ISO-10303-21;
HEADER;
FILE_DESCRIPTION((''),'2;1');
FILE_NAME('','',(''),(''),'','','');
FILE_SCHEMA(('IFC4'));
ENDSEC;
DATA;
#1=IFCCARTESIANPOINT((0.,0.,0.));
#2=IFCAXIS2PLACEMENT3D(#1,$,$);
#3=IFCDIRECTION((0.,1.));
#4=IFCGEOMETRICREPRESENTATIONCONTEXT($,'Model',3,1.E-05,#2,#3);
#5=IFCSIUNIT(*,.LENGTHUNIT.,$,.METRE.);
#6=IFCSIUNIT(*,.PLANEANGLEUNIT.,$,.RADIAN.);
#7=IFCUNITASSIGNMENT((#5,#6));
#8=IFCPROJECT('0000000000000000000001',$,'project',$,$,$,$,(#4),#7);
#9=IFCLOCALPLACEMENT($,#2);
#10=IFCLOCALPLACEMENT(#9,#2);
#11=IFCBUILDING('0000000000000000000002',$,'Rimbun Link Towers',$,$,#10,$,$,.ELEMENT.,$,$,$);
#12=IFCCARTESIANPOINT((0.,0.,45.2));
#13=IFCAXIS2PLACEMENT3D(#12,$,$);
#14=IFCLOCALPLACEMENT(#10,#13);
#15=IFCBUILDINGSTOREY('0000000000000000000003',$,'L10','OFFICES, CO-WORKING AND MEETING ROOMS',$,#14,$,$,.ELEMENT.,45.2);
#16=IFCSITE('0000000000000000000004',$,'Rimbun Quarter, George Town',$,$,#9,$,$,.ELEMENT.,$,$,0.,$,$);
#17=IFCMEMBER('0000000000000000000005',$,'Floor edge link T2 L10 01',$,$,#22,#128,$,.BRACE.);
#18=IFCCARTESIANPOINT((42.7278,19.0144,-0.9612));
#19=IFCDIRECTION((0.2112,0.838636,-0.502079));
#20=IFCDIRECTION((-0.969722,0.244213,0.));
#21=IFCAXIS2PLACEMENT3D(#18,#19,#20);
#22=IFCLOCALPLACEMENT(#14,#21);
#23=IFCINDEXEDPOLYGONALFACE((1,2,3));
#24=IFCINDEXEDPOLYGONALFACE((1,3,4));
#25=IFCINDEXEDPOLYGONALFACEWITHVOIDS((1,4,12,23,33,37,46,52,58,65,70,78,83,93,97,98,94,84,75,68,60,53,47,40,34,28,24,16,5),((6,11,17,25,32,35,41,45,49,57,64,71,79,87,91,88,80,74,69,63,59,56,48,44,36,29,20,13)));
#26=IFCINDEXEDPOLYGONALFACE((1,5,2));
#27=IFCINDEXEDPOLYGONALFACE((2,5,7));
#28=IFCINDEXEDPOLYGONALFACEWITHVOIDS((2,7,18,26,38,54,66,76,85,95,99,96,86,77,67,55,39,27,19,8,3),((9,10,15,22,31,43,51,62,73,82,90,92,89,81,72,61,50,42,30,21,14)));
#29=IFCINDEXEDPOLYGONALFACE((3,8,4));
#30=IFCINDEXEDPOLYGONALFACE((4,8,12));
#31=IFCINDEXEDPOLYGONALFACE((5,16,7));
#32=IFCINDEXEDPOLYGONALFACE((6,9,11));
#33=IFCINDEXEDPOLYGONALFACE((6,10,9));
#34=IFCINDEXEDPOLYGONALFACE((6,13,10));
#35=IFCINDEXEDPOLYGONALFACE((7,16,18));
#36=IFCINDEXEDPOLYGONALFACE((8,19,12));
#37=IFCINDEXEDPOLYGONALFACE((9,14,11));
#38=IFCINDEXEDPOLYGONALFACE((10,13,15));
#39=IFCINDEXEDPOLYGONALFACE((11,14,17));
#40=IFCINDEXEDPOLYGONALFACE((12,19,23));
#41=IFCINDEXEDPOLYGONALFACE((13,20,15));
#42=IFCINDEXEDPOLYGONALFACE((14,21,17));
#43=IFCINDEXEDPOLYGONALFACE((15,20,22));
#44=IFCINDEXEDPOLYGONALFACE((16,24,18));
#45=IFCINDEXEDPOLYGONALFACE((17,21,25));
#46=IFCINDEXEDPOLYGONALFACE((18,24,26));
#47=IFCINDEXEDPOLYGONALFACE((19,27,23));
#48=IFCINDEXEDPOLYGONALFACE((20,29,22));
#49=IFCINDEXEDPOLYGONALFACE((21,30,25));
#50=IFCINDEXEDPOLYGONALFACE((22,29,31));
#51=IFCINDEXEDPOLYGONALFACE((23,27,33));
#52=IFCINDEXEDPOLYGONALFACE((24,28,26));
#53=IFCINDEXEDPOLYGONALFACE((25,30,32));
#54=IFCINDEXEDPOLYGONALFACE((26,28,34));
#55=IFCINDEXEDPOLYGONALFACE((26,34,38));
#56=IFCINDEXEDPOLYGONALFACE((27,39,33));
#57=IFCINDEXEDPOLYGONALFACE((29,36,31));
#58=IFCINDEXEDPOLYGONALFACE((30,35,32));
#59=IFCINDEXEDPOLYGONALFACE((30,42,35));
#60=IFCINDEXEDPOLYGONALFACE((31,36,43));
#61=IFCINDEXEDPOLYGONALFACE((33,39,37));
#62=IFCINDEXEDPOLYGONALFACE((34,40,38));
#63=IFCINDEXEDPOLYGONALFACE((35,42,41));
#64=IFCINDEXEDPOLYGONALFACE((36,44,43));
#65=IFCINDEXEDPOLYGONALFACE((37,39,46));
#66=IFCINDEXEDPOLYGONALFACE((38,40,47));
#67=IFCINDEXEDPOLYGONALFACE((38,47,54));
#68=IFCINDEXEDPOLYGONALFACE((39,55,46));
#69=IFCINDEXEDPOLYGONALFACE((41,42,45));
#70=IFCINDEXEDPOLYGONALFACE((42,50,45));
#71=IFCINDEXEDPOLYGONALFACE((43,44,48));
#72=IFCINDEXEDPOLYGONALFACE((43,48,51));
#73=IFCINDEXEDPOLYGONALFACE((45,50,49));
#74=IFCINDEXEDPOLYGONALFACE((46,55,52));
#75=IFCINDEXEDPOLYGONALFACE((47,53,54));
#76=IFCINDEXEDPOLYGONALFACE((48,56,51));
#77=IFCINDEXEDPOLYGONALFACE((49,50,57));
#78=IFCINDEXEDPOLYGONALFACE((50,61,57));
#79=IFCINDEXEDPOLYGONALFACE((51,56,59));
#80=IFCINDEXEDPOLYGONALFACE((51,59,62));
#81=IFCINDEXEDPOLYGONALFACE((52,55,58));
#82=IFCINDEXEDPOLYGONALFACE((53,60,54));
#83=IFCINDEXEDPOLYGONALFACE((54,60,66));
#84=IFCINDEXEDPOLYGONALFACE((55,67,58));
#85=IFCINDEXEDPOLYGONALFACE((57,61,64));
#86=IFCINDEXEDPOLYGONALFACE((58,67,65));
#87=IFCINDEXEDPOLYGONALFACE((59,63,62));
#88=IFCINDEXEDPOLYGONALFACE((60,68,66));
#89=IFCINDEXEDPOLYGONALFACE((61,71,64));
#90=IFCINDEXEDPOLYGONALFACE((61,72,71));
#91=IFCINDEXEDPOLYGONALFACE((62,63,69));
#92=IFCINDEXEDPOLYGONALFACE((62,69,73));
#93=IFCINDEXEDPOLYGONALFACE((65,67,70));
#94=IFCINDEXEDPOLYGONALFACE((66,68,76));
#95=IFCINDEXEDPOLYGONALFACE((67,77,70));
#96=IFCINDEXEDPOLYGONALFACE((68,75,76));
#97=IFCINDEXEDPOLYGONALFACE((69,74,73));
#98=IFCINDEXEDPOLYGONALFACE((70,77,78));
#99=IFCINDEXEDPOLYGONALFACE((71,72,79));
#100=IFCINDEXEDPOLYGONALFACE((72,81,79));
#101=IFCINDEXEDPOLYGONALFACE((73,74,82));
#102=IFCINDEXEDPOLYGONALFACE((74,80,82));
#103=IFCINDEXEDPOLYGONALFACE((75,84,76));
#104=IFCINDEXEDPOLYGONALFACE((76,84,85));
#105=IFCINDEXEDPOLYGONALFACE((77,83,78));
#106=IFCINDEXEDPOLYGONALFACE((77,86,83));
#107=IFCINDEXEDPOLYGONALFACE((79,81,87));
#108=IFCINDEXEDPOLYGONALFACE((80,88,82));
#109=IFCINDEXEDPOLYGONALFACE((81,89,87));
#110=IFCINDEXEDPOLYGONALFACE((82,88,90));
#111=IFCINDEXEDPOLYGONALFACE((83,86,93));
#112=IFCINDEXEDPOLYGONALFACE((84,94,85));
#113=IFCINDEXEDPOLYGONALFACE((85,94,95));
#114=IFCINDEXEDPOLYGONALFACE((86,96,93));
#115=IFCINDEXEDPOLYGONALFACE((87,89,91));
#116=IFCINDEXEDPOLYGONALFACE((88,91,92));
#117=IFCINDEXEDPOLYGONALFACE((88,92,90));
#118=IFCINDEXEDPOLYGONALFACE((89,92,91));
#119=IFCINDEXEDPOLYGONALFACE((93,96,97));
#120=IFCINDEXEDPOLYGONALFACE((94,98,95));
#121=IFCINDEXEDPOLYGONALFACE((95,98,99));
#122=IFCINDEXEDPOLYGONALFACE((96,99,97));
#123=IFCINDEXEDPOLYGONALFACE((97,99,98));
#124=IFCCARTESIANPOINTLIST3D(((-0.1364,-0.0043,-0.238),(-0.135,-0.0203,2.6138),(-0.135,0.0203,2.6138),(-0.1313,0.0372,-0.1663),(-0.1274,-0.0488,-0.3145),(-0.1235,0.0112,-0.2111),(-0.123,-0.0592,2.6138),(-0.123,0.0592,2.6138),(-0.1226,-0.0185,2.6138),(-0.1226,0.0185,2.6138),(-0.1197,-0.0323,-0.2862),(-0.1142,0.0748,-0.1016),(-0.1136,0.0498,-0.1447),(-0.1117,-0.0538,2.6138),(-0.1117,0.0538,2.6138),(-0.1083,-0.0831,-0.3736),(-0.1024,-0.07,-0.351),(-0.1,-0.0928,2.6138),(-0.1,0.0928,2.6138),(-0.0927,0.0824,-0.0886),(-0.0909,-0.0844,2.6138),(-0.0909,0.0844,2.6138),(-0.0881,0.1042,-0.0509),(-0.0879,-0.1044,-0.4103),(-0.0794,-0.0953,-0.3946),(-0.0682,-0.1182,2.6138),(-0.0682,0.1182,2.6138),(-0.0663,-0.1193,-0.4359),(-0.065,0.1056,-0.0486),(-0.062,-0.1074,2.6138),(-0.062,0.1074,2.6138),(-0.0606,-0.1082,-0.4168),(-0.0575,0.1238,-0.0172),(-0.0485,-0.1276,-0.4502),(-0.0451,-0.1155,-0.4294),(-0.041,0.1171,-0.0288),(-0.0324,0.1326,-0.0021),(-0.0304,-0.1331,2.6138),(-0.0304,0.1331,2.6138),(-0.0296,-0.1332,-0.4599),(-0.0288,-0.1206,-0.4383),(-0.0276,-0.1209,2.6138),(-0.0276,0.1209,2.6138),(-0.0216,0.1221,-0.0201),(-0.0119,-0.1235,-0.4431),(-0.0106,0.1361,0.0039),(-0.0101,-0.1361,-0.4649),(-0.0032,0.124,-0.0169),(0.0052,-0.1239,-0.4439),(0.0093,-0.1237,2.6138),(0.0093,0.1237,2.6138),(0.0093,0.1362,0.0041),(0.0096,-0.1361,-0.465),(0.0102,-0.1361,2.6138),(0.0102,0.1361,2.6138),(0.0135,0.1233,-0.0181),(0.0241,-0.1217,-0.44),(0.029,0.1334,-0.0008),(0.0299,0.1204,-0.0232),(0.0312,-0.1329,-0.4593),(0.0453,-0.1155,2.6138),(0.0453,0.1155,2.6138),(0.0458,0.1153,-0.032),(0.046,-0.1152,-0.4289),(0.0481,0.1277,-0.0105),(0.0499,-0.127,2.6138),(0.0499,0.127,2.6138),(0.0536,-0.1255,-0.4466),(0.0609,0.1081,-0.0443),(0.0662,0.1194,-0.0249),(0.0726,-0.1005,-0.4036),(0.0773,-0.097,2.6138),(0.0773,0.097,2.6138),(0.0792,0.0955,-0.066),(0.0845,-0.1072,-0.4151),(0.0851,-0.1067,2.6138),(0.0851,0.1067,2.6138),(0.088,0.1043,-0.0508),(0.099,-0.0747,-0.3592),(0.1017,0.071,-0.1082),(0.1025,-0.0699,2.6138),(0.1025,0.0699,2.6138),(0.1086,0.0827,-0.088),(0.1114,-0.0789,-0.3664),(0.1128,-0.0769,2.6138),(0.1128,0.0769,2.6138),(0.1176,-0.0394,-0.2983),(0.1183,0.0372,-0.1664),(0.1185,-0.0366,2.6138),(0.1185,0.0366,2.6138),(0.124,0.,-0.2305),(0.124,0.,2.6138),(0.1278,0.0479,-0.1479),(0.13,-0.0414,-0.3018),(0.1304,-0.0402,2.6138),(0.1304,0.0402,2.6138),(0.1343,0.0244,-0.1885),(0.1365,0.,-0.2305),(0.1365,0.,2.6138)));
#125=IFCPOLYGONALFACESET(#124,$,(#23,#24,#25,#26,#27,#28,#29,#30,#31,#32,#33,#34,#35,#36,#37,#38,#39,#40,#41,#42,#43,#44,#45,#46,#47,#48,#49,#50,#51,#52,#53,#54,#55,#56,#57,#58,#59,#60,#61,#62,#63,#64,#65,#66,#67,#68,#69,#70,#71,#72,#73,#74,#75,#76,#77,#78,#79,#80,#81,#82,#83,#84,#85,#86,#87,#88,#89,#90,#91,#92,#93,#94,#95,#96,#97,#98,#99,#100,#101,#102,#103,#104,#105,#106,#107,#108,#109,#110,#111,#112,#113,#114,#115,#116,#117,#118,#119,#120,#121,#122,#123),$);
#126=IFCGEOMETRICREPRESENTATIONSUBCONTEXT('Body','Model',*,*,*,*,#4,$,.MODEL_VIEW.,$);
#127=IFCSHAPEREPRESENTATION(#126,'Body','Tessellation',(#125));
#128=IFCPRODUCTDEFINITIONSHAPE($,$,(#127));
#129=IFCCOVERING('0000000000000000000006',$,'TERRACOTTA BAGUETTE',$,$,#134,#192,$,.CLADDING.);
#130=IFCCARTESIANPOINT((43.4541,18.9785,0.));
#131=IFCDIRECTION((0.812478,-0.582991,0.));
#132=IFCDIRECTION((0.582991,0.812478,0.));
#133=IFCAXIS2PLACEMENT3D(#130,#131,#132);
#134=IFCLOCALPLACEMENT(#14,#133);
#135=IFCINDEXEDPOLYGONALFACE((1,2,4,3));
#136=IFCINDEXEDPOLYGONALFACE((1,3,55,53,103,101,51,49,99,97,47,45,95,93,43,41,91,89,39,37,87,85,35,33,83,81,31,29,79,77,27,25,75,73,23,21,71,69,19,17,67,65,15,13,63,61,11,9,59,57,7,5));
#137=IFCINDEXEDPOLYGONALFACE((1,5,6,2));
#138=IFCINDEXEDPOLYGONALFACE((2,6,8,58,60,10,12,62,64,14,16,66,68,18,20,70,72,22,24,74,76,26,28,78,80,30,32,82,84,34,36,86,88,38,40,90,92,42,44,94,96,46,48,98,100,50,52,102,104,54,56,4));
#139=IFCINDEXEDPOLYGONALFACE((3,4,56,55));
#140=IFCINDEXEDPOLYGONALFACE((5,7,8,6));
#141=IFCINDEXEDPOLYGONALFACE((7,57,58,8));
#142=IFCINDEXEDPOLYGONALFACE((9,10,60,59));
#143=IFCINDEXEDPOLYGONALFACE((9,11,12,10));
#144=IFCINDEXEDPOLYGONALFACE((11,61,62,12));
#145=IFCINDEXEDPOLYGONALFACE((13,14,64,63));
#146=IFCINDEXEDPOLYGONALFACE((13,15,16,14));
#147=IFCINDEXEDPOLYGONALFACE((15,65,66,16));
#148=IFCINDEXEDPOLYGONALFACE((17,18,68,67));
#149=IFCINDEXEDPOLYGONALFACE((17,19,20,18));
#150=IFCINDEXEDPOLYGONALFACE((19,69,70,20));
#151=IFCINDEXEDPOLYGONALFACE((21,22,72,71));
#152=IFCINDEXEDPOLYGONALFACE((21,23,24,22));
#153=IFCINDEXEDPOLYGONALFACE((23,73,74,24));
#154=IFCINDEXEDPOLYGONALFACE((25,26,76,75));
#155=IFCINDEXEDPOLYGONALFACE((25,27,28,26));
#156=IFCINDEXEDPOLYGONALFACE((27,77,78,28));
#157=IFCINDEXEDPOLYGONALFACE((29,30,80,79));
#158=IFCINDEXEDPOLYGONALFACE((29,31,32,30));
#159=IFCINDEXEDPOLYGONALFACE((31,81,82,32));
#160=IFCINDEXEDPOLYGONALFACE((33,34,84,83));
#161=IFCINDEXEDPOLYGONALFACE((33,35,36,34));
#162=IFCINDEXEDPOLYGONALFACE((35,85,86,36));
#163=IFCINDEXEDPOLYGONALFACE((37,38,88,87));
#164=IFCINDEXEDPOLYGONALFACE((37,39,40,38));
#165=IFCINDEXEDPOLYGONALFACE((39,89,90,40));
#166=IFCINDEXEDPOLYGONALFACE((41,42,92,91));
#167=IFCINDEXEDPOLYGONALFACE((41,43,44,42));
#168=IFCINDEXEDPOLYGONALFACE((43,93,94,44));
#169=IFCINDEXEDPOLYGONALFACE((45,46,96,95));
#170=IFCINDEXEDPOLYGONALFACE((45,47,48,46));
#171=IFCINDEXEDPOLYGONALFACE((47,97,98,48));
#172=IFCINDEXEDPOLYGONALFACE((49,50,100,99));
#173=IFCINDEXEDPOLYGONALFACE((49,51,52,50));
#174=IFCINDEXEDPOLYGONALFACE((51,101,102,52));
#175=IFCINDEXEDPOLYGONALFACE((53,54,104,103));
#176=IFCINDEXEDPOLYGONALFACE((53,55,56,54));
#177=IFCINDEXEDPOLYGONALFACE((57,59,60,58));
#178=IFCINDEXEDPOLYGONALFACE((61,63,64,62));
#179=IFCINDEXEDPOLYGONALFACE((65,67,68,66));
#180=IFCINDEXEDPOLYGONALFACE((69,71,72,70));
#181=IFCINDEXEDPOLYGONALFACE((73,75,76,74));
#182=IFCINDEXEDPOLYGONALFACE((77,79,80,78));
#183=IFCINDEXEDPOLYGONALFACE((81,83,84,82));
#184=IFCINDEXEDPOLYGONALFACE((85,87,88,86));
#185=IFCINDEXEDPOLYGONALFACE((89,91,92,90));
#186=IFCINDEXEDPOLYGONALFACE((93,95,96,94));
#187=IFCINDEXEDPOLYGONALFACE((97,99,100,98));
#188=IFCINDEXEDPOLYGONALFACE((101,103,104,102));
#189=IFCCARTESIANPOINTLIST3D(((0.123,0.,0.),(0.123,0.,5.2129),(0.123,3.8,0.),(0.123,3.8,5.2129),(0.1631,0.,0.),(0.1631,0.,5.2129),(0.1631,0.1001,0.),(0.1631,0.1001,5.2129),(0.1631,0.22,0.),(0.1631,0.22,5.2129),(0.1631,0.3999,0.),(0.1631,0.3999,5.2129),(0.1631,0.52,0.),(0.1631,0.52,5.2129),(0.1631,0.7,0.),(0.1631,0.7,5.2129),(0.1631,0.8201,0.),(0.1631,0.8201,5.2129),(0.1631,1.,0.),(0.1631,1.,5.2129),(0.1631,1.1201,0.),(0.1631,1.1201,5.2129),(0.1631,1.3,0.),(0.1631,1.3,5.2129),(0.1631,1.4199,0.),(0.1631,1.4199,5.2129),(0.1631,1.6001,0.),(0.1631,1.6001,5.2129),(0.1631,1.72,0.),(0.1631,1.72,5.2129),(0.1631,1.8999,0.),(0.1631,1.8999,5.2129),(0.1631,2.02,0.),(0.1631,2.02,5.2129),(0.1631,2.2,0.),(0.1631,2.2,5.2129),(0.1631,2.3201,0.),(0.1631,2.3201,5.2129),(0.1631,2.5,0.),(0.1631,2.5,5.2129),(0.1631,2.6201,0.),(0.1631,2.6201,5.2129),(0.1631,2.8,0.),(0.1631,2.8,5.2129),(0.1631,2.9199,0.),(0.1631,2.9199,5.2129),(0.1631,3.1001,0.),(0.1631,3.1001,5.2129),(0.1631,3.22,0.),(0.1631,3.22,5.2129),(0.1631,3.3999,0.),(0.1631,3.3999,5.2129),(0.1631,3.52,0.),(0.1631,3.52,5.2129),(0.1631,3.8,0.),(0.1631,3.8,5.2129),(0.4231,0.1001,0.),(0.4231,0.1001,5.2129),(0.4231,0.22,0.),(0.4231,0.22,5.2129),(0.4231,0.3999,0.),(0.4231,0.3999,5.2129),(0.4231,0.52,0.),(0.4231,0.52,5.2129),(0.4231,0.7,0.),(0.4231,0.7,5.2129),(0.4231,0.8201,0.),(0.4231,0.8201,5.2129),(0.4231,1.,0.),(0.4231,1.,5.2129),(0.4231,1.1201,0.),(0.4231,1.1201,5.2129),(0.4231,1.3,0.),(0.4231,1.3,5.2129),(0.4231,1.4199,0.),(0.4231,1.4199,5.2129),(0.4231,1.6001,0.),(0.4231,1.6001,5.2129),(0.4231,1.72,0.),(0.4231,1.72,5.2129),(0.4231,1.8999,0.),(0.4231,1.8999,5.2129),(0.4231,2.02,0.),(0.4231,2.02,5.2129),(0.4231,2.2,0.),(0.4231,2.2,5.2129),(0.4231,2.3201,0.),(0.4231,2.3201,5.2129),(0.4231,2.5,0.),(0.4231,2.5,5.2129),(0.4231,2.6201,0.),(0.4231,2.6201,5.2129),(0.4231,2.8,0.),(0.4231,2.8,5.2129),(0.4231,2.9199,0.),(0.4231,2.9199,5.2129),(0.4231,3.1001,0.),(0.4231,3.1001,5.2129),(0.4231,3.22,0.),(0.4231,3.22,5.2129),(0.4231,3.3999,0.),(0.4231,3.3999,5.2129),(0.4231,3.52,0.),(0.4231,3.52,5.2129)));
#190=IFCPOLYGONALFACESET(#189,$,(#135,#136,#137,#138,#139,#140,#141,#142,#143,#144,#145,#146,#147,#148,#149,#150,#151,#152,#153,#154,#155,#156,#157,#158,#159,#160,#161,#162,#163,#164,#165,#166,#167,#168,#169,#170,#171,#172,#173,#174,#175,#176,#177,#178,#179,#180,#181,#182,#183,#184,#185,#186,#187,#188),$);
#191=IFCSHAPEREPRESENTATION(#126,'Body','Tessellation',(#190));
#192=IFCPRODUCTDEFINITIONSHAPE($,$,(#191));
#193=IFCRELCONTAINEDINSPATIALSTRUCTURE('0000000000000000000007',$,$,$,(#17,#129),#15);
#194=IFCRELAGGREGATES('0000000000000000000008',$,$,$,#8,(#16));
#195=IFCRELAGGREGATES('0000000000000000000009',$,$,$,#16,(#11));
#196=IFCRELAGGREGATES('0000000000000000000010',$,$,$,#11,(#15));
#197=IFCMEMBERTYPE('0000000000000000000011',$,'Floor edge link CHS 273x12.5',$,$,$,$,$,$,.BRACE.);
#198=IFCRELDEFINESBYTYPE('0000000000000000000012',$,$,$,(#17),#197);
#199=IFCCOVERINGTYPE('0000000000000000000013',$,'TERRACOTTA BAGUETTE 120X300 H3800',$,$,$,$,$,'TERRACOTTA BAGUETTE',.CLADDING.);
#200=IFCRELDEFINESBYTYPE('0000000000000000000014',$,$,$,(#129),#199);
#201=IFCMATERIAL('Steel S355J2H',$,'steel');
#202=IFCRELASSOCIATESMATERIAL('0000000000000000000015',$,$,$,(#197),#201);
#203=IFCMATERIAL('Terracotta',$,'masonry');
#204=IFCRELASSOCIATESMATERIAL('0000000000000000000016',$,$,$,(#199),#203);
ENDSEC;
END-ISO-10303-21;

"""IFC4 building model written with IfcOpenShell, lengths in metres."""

from ifc_helpers import new_model, si_unit, direction, frame, origin, origin_2d, place, context, subcontext, project, spatial, polyline, hollow_circle, outline, extrude, clip, halfspace, material, material_profile, profile_set, type_object, element, save


model = new_model("IFC4")

# Units and contexts
model_context = context("Model", 3, precision=1e-05, world=origin(), true_north=direction((0.0, 1.0)))
body_context = subcontext(model_context, "Body", "Model", "MODEL_VIEW")
ifc_project = project(units=[si_unit("LENGTHUNIT", "METRE"), si_unit("PLANEANGLEUNIT", "RADIAN")], contexts=[model_context])

# Site, building, storey
site_placement = place(None, origin())
site = spatial("IfcSite", under=ifc_project, at=site_placement, Name="Rimbun Quarter, George Town", CompositionType="ELEMENT", RefElevation=0.0)
building_placement = place(site_placement, origin())
building = spatial("IfcBuilding", under=site, at=building_placement, Name="Rimbun Link Towers", CompositionType="ELEMENT")
storey_placement = place(building_placement, frame((0.0, 0.0, 45.2)))
storey = spatial("IfcBuildingStorey", under=building, at=storey_placement, Name="L10", Description="OFFICES, CO-WORKING AND MEETING ROOMS", CompositionType="ELEMENT", Elevation=45.2)

# Member
ifc_material_1 = material(Name="Steel S355J2H", Category="steel")
ifc_material_profile_1 = material_profile(ifc_material_1, hollow_circle(Radius=0.1365, WallThickness=0.0125, at=origin_2d()), Name="CHS 273x12.5")
ifc_profile_set_1 = profile_set([ifc_material_profile_1], Name="Steel S355J2H")
member_type_1 = type_object("IfcMemberType", Name="Floor edge link CHS 273x12.5", PredefinedType="BRACE", material=ifc_profile_set_1)
member_1_placement = place(storey_placement, frame((42.7278, 19.0144, -0.9612), z_axis=(0.2112, 0.838636, -0.502079), x_axis=(-0.969722, 0.244213, 0.0)))
element("IfcMember", 1, at=member_1_placement, inside=storey, type_object=member_type_1, Name="Floor edge link T2 L10 01", PredefinedType="BRACE", context=body_context, shape_type="Clipping", body=[
    clip(extrude(hollow_circle(Radius=0.1365, WallThickness=0.0125, at=origin_2d()), frame((0.0, 0.0, -0.4902)), (0.0, 0.0, 1.0), 3.104), halfspace(frame((0.0, 0.0, -0.2305), z_axis=(0.0, 0.864821, -0.502079)), False)),
])

# Covering
ifc_material_2 = material(Name="Terracotta", Category="masonry")
ifc_material_profile_2 = material_profile(ifc_material_2, outline(polyline([(0.123, 0.0), (0.1631, 0.0), (0.1631, 0.1001), (0.4231, 0.1001), (0.4231, 0.22), (0.1631, 0.22), (0.1631, 0.3999), (0.4231, 0.3999), (0.4231, 0.52), (0.1631, 0.52), (0.1631, 0.7), (0.4231, 0.7), (0.4231, 0.8201), (0.1631, 0.8201), (0.1631, 1.0), (0.4231, 1.0), (0.4231, 1.1201), (0.1631, 1.1201), (0.1631, 1.3), (0.4231, 1.3), (0.4231, 1.4199), (0.1631, 1.4199), (0.1631, 1.6001), (0.4231, 1.6001), (0.4231, 1.72), (0.1631, 1.72), (0.1631, 1.8999), (0.4231, 1.8999), (0.4231, 2.02), (0.1631, 2.02), (0.1631, 2.2), (0.4231, 2.2), (0.4231, 2.3201), (0.1631, 2.3201), (0.1631, 2.5), (0.4231, 2.5), (0.4231, 2.6201), (0.1631, 2.6201), (0.1631, 2.8), (0.4231, 2.8), (0.4231, 2.9199), (0.1631, 2.9199), (0.1631, 3.1001), (0.4231, 3.1001), (0.4231, 3.22), (0.1631, 3.22), (0.1631, 3.3999), (0.4231, 3.3999), (0.4231, 3.52), (0.1631, 3.52), (0.1631, 3.8), (0.123, 3.8), (0.123, 0.0)])), Name="BAGUETTE 120X300")
ifc_profile_set_2 = profile_set([ifc_material_profile_2], Name="Terracotta")
covering_type = type_object("IfcCoveringType", Name="TERRACOTTA BAGUETTE 120X300 H3800", ElementType="TERRACOTTA BAGUETTE", PredefinedType="CLADDING", material=ifc_profile_set_2)
covering_1_placement = place(storey_placement, frame((43.4541, 18.9785, 0.0), z_axis=(0.812478, -0.582991, 0.0), x_axis=(0.582991, 0.812478, 0.0)))
element("IfcCovering", 2, at=covering_1_placement, inside=storey, type_object=covering_type, Name="TERRACOTTA BAGUETTE", PredefinedType="CLADDING", context=body_context, shape_type="SweptSolid", body=[
    extrude(outline(polyline([(0.123, 0.0), (0.1631, 0.0), (0.1631, 0.1001), (0.4231, 0.1001), (0.4231, 0.22), (0.1631, 0.22), (0.1631, 0.3999), (0.4231, 0.3999), (0.4231, 0.52), (0.1631, 0.52), (0.1631, 0.7), (0.4231, 0.7), (0.4231, 0.8201), (0.1631, 0.8201), (0.1631, 1.0), (0.4231, 1.0), (0.4231, 1.1201), (0.1631, 1.1201), (0.1631, 1.3), (0.4231, 1.3), (0.4231, 1.4199), (0.1631, 1.4199), (0.1631, 1.6001), (0.4231, 1.6001), (0.4231, 1.72), (0.1631, 1.72), (0.1631, 1.8999), (0.4231, 1.8999), (0.4231, 2.02), (0.1631, 2.02), (0.1631, 2.2), (0.4231, 2.2), (0.4231, 2.3201), (0.1631, 2.3201), (0.1631, 2.5), (0.4231, 2.5), (0.4231, 2.6201), (0.1631, 2.6201), (0.1631, 2.8), (0.4231, 2.8), (0.4231, 2.9199), (0.1631, 2.9199), (0.1631, 3.1001), (0.4231, 3.1001), (0.4231, 3.22), (0.1631, 3.22), (0.1631, 3.3999), (0.4231, 3.3999), (0.4231, 3.52), (0.1631, 3.52), (0.1631, 3.8), (0.123, 3.8), (0.123, 0.0)])), origin(), (0.0, 0.0, 1.0), 5.2129),
])

save(model, "model.ifc")
